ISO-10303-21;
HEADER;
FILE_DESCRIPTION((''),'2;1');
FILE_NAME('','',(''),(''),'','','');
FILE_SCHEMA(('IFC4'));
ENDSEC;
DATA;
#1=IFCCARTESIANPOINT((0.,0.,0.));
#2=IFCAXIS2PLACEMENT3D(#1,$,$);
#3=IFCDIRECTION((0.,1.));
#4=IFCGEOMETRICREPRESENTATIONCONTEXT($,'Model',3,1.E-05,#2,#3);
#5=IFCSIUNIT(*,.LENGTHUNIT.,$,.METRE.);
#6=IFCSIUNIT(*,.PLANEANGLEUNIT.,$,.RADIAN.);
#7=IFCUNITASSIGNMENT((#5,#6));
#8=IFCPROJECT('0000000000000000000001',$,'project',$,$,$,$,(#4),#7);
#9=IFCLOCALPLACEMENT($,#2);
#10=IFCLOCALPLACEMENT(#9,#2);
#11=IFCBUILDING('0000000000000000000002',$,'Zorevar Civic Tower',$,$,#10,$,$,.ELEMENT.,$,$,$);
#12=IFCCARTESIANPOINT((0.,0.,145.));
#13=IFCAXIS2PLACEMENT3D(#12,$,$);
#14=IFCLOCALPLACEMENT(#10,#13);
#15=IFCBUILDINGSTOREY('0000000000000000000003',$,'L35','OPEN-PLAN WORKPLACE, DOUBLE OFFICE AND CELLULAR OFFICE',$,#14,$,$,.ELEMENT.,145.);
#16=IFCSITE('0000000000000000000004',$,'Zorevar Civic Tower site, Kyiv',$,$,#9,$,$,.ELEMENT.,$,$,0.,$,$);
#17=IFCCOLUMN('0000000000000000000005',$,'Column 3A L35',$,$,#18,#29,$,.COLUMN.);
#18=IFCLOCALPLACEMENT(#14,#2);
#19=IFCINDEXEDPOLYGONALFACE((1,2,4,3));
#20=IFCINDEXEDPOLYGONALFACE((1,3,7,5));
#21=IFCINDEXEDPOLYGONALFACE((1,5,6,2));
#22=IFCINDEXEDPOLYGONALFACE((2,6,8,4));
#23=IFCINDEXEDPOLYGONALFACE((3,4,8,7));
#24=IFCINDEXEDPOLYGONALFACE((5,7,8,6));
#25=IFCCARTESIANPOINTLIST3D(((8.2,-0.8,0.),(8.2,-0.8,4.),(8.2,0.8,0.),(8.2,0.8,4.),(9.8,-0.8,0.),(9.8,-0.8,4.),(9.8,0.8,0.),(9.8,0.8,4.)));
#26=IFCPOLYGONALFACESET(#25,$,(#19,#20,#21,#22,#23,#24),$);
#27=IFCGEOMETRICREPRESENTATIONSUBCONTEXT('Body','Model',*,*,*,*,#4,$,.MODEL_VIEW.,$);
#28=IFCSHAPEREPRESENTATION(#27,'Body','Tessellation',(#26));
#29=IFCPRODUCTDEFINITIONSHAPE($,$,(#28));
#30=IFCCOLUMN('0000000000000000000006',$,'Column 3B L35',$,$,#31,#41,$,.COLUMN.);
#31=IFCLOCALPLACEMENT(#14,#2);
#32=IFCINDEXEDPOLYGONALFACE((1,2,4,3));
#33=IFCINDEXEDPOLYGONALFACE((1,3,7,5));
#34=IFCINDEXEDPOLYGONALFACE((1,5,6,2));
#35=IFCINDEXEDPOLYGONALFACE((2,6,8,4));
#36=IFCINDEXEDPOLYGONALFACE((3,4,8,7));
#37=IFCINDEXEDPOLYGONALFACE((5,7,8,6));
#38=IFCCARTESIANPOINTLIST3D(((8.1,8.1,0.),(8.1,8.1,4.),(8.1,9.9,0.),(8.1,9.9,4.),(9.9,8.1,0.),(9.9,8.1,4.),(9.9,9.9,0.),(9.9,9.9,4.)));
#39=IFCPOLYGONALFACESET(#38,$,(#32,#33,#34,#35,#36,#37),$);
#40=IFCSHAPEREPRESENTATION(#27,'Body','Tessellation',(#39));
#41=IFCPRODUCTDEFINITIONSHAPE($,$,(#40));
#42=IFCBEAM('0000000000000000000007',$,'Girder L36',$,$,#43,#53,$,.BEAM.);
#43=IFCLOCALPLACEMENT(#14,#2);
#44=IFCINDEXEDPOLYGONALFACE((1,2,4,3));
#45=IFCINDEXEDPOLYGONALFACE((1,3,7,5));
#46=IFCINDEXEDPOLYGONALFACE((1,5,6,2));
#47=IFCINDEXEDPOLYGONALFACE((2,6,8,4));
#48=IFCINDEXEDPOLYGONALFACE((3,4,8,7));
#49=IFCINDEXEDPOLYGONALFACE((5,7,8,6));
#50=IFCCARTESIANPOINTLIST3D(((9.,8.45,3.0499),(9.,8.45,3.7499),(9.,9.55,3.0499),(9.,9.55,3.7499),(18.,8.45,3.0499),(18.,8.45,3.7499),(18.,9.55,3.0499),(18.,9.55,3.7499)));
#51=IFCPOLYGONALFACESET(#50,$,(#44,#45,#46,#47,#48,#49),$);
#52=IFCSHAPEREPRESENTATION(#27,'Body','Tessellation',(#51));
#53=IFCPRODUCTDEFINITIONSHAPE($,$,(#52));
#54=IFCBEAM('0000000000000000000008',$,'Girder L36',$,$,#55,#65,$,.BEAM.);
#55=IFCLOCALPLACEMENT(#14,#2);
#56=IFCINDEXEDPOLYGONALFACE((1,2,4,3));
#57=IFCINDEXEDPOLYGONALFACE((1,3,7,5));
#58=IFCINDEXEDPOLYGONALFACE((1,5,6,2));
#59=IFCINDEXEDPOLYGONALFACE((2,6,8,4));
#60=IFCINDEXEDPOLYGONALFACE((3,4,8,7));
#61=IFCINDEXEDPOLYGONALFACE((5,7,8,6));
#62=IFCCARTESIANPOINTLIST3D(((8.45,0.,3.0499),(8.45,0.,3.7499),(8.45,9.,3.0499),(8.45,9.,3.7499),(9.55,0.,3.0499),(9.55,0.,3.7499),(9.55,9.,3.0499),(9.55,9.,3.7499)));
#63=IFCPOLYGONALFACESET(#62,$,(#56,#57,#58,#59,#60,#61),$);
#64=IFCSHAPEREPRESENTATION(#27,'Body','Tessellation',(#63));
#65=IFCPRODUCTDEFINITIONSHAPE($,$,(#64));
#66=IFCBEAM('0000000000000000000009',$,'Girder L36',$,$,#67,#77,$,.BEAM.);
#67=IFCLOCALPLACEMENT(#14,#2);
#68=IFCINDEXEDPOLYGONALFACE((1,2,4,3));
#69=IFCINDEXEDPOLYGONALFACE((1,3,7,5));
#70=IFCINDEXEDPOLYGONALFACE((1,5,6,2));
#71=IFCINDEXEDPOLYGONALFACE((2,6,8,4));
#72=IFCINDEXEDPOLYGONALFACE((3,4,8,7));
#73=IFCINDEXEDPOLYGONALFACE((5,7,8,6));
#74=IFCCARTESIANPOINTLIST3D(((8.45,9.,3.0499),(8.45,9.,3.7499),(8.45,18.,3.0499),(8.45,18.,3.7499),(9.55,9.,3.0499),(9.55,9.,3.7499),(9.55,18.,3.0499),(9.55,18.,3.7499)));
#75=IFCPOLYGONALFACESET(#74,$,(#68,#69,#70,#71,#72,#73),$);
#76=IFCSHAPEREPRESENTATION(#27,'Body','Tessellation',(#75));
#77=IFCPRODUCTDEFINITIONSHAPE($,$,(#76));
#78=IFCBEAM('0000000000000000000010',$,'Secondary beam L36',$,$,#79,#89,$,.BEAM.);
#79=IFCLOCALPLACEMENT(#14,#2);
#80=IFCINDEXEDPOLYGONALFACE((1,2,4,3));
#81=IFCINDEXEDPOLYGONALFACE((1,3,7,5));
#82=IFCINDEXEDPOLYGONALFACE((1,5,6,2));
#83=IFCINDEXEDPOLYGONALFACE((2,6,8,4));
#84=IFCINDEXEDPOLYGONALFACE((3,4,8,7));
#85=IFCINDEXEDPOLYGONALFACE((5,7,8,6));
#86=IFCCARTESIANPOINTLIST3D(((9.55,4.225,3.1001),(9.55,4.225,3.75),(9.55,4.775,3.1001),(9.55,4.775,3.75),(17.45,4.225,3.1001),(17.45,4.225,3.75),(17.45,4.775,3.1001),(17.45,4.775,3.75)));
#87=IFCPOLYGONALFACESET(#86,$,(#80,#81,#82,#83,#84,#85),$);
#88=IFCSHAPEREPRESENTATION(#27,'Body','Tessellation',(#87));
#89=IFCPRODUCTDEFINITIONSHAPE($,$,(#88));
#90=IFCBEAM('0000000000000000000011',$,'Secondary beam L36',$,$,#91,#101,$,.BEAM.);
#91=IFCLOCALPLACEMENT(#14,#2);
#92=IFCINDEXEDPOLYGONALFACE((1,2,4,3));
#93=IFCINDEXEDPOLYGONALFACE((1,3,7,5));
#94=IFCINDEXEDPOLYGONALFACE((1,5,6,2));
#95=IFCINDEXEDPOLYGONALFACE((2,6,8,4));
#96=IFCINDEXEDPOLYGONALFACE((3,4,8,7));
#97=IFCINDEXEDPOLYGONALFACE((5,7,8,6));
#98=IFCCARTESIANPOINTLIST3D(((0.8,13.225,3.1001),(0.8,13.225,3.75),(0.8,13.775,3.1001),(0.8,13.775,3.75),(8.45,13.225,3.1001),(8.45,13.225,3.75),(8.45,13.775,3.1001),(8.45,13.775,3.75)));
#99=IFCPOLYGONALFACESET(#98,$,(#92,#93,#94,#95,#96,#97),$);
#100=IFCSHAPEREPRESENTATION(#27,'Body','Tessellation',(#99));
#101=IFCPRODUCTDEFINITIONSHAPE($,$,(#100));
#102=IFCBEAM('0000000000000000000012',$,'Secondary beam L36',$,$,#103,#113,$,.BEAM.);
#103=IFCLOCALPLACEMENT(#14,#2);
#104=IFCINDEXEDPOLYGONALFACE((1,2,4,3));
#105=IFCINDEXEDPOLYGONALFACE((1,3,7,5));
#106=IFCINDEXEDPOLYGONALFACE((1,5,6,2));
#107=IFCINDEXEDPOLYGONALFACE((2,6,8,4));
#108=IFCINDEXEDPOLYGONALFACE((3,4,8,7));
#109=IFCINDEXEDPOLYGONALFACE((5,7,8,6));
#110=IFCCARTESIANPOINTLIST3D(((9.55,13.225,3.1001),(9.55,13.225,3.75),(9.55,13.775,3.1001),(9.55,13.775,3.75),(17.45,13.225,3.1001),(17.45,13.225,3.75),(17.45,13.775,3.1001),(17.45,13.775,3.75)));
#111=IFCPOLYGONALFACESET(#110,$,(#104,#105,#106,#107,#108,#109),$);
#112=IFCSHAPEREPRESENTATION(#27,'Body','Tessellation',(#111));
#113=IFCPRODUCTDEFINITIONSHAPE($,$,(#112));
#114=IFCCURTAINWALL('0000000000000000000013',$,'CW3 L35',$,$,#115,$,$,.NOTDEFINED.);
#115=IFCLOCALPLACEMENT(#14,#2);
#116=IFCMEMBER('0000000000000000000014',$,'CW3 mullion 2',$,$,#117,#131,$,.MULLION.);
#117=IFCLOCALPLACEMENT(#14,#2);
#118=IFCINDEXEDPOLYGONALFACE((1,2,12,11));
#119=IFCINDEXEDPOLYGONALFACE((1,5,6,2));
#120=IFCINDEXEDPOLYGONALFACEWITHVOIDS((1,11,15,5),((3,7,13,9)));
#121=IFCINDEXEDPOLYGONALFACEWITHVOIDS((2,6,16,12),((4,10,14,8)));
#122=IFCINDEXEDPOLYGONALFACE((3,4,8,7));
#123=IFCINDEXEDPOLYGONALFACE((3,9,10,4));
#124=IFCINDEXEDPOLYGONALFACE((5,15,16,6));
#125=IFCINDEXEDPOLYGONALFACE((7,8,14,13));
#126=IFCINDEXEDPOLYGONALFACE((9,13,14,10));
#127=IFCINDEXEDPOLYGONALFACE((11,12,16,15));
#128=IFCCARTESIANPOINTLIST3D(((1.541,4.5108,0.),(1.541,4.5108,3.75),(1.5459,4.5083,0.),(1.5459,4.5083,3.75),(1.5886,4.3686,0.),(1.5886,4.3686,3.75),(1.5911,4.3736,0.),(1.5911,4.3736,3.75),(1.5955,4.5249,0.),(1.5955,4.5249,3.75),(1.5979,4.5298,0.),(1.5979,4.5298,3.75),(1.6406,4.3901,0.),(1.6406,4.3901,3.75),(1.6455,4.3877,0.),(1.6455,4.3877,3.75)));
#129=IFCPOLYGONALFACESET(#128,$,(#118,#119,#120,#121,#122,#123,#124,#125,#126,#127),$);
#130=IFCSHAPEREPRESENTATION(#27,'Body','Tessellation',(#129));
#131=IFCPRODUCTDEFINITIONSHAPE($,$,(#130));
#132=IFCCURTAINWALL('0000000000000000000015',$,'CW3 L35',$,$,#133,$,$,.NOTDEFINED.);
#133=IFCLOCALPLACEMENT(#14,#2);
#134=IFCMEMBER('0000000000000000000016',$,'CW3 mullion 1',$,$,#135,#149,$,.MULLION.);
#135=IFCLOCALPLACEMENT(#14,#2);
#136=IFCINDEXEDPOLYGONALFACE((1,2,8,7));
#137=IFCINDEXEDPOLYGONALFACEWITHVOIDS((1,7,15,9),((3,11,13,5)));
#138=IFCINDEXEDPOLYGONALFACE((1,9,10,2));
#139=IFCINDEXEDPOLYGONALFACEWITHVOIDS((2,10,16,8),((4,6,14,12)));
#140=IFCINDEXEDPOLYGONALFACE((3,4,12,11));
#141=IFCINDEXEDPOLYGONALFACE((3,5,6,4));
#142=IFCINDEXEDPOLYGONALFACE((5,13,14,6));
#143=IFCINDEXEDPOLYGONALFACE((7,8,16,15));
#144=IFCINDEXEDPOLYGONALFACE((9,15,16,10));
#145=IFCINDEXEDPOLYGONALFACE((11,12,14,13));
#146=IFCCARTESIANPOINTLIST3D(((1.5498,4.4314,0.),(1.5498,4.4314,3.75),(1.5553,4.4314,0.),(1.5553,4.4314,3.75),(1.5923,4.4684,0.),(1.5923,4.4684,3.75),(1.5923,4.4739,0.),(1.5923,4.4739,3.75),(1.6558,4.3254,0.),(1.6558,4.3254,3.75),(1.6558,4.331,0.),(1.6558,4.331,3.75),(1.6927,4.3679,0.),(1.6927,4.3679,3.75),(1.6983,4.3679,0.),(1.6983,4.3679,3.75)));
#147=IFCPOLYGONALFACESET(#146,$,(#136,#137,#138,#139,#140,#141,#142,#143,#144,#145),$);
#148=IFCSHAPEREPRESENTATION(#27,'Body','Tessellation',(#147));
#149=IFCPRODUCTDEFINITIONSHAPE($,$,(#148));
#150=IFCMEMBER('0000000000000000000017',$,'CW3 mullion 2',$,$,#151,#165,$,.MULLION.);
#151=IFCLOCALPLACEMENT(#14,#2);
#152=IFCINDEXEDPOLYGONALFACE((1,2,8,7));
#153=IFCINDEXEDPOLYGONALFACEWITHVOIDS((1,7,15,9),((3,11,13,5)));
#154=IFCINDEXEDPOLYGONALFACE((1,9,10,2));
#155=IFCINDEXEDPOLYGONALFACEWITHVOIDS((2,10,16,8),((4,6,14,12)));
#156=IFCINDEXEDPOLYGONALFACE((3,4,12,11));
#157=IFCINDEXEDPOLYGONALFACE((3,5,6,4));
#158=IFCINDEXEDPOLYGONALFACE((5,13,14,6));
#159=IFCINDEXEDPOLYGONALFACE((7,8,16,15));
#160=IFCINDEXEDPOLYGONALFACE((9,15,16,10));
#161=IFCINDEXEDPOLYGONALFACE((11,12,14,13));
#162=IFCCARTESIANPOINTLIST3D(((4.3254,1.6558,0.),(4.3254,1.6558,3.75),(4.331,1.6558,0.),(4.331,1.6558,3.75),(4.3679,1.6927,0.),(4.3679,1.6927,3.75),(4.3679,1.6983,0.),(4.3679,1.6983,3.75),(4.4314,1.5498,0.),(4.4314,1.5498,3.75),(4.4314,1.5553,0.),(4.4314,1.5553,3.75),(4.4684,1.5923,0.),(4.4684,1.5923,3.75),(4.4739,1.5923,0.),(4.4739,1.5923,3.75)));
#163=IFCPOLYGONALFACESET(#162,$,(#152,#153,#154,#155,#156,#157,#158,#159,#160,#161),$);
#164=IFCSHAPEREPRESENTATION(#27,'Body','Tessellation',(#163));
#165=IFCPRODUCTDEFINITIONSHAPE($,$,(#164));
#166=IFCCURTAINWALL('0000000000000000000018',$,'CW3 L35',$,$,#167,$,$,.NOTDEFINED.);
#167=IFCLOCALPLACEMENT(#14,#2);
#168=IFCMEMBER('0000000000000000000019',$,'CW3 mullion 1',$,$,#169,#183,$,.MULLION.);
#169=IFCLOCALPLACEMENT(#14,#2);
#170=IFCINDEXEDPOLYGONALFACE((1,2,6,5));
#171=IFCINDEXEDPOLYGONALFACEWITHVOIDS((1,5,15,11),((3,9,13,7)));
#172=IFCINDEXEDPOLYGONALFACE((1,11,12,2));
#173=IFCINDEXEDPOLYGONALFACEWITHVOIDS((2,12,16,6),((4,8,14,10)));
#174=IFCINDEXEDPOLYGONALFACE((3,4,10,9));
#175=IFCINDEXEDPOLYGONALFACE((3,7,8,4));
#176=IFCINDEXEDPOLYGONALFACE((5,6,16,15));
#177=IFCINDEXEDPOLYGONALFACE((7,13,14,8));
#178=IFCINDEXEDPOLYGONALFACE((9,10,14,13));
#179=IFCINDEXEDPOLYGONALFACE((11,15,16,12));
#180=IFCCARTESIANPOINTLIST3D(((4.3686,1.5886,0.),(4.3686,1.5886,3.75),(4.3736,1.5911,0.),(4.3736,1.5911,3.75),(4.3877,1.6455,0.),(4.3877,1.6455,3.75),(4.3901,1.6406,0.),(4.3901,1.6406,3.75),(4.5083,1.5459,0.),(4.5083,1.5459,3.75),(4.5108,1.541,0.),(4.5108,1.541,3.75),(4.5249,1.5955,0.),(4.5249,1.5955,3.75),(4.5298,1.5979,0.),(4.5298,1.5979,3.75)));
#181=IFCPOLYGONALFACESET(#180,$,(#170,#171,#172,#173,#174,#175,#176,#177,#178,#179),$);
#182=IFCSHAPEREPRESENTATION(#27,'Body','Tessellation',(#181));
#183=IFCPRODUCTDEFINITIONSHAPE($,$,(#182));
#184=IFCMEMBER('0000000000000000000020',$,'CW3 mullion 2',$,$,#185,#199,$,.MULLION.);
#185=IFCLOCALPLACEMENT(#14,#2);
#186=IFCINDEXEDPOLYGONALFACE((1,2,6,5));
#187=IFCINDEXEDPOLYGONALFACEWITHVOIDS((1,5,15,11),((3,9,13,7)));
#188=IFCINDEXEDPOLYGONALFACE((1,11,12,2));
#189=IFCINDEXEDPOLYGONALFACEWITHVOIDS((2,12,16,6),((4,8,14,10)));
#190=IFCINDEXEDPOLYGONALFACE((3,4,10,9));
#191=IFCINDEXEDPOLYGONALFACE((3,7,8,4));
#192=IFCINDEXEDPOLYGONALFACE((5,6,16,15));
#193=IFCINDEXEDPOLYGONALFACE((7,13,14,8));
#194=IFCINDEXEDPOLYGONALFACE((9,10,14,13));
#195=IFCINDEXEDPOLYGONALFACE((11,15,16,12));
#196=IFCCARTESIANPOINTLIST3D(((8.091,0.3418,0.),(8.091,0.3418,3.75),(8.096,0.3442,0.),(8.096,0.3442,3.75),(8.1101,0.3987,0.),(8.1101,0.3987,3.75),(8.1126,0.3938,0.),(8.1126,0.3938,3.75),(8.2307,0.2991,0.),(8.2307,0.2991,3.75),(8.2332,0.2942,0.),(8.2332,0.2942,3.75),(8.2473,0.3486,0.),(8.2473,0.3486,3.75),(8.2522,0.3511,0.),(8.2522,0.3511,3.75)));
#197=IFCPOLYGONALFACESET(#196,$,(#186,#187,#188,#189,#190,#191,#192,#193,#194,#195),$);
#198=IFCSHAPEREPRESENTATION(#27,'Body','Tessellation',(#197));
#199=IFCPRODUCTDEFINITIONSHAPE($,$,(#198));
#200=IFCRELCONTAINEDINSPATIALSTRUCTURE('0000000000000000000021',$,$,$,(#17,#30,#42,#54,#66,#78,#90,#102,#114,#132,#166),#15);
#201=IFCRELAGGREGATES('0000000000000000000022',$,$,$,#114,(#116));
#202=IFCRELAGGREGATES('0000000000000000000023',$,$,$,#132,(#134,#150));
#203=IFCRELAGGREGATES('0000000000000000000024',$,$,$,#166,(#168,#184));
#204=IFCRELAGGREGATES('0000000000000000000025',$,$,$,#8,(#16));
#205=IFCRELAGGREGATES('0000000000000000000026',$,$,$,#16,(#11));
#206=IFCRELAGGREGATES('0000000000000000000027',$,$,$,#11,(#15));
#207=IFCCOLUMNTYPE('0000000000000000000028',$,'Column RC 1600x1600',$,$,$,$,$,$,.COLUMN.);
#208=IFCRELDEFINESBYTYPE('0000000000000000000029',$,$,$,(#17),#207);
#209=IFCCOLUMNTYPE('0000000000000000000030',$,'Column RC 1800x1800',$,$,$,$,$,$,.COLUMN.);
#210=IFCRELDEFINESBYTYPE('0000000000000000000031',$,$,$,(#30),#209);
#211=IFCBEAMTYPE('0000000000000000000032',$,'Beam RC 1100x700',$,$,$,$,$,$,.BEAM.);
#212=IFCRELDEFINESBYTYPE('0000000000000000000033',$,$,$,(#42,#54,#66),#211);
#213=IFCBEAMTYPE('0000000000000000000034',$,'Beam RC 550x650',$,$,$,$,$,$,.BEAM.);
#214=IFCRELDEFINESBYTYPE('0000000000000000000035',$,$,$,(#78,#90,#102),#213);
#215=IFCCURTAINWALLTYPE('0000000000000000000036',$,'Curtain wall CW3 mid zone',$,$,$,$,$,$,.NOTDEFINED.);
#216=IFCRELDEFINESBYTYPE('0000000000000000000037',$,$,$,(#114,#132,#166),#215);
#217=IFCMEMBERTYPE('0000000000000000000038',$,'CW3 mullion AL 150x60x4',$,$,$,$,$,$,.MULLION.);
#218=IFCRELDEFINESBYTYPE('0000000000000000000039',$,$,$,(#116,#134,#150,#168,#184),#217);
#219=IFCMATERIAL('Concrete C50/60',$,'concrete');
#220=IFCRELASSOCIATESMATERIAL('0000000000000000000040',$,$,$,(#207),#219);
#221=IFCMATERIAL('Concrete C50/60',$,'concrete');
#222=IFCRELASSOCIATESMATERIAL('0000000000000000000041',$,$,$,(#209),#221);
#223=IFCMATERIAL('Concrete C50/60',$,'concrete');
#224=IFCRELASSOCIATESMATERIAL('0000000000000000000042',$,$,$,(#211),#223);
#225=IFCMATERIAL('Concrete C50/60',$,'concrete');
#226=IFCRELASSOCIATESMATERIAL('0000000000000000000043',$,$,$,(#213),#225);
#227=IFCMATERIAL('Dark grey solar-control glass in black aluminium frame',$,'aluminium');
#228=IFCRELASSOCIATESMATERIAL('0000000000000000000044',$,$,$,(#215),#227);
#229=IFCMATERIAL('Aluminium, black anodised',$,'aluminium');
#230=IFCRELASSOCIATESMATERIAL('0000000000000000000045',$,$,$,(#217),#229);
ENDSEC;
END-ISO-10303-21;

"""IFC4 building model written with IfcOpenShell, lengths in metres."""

from ifc_helpers import new_model, si_unit, direction, frame, origin, origin_2d, place, context, subcontext, project, spatial, rectangle, hollow_rectangle, extrude, material, material_profile, profile_set, type_object, element, aggregate, save


model = new_model("IFC4")

# Units and contexts
model_context = context("Model", 3, precision=1e-05, world=origin(), true_north=direction((0.0, 1.0)))
body_context = subcontext(model_context, "Body", "Model", "MODEL_VIEW")
ifc_project = project(units=[si_unit("LENGTHUNIT", "METRE"), si_unit("PLANEANGLEUNIT", "RADIAN")], contexts=[model_context])

# Site, building, storey
site_placement = place(None, origin())
site = spatial("IfcSite", under=ifc_project, at=site_placement, Name="Zorevar Civic Tower site, Kyiv", CompositionType="ELEMENT", RefElevation=0.0)
building_placement = place(site_placement, origin())
building = spatial("IfcBuilding", under=site, at=building_placement, Name="Zorevar Civic Tower", CompositionType="ELEMENT")
storey_placement = place(building_placement, frame((0.0, 0.0, 145.0)))
storey = spatial("IfcBuildingStorey", under=building, at=storey_placement, Name="L35", Description="OPEN-PLAN WORKPLACE, DOUBLE OFFICE AND CELLULAR OFFICE", CompositionType="ELEMENT", Elevation=145.0)

# Columns
ifc_material_1 = material(Name="Concrete C50/60", Category="concrete")
ifc_material_profile_1 = material_profile(ifc_material_1, rectangle(XDim=1.6001, YDim=1.6001, at=origin_2d()), Name="RC 1600x1600")
ifc_profile_set_1 = profile_set([ifc_material_profile_1], Name="Concrete C50/60")
column_type_1 = type_object("IfcColumnType", Name="Column RC 1600x1600", PredefinedType="COLUMN", material=ifc_profile_set_1)
column_1_placement = place(storey_placement, frame((9.0, 0.0, 0.0), z_axis=(0.0, 0.0, 1.0), x_axis=(1.0, 0.0, 0.0)))
element("IfcColumn", 1, at=column_1_placement, inside=storey, type_object=column_type_1, Name="Column 3A L35", PredefinedType="COLUMN", context=body_context, shape_type="SweptSolid", body=[
    extrude(rectangle(XDim=1.6001, YDim=1.6001, at=origin_2d()), origin(), (0.0, 0.0, 1.0), 4.0),
])
ifc_material_2 = material(Name="Concrete C50/60", Category="concrete")
ifc_material_profile_2 = material_profile(ifc_material_2, rectangle(XDim=1.8, YDim=1.8, at=origin_2d()), Name="RC 1800x1800")
ifc_profile_set_2 = profile_set([ifc_material_profile_2], Name="Concrete C50/60")
column_type_2 = type_object("IfcColumnType", Name="Column RC 1800x1800", PredefinedType="COLUMN", material=ifc_profile_set_2)
column_2_placement = place(storey_placement, frame((9.0, 9.0, 0.0), z_axis=(0.0, 0.0, 1.0), x_axis=(1.0, 0.0, 0.0)))
element("IfcColumn", 2, at=column_2_placement, inside=storey, type_object=column_type_2, Name="Column 3B L35", PredefinedType="COLUMN", context=body_context, shape_type="SweptSolid", body=[
    extrude(rectangle(XDim=1.8, YDim=1.8, at=origin_2d()), origin(), (0.0, 0.0, 1.0), 4.0),
])

# Beams
ifc_material_3 = material(Name="Concrete C50/60", Category="concrete")
ifc_material_profile_3 = material_profile(ifc_material_3, rectangle(XDim=1.1001, YDim=0.7, at=origin_2d()), Name="RC 1100x700")
ifc_profile_set_3 = profile_set([ifc_material_profile_3], Name="Concrete C50/60")
beam_type_1 = type_object("IfcBeamType", Name="Beam RC 1100x700", PredefinedType="BEAM", material=ifc_profile_set_3)
for number, where, z_axis, x_axis, name in (
    (3, (9.0, 9.0, 3.3999), (1.0, 0.0, 0.0), (0.0, 1.0, 0.0), "Girder L36"),
    (4, (9.0, 0.0, 3.3999), (0.0, 1.0, 0.0), (-1.0, 0.0, 0.0), "Girder L36"),
    (5, (9.0, 9.0, 3.3999), (0.0, 1.0, 0.0), (-1.0, 0.0, 0.0), "Girder L36"),
):
    element("IfcBeam", number, at=place(storey_placement, frame(where, z_axis=z_axis, x_axis=x_axis)), inside=storey, type_object=beam_type_1, Name=name, PredefinedType="BEAM", context=body_context, shape_type="SweptSolid", body=[
        extrude(rectangle(XDim=1.1001, YDim=0.7, at=origin_2d()), origin(), (0.0, 0.0, 1.0), 9.0),
    ])
ifc_material_4 = material(Name="Concrete C50/60", Category="concrete")
ifc_material_profile_4 = material_profile(ifc_material_4, rectangle(XDim=0.55, YDim=0.6499, at=origin_2d()), Name="RC 550x650")
ifc_profile_set_4 = profile_set([ifc_material_profile_4], Name="Concrete C50/60")
beam_type_2 = type_object("IfcBeamType", Name="Beam RC 550x650", PredefinedType="BEAM", material=ifc_profile_set_4)
beam_1_placement = place(storey_placement, frame((9.55, 4.5, 3.425), z_axis=(1.0, 0.0, 0.0), x_axis=(0.0, 1.0, 0.0)))
element("IfcBeam", 6, at=beam_1_placement, inside=storey, type_object=beam_type_2, Name="Secondary beam L36", PredefinedType="BEAM", context=body_context, shape_type="SweptSolid", body=[
    extrude(rectangle(XDim=0.55, YDim=0.6499, at=origin_2d()), origin(), (0.0, 0.0, 1.0), 7.8999),
])
beam_2_placement = place(storey_placement, frame((0.8, 13.5, 3.425), z_axis=(1.0, 0.0, 0.0), x_axis=(0.0, 1.0, 0.0)))
element("IfcBeam", 7, at=beam_2_placement, inside=storey, type_object=beam_type_2, Name="Secondary beam L36", PredefinedType="BEAM", context=body_context, shape_type="SweptSolid", body=[
    extrude(rectangle(XDim=0.55, YDim=0.6499, at=origin_2d()), origin(), (0.0, 0.0, 1.0), 7.6499),
])
beam_3_placement = place(storey_placement, frame((9.55, 13.5, 3.425), z_axis=(1.0, 0.0, 0.0), x_axis=(0.0, 1.0, 0.0)))
element("IfcBeam", 8, at=beam_3_placement, inside=storey, type_object=beam_type_2, Name="Secondary beam L36", PredefinedType="BEAM", context=body_context, shape_type="SweptSolid", body=[
    extrude(rectangle(XDim=0.55, YDim=0.6499, at=origin_2d()), origin(), (0.0, 0.0, 1.0), 7.8999),
])

# Curtain wall, member
ifc_material_5 = material(Name="Dark grey solar-control glass in black aluminium frame", Category="aluminium")
curtain_wall_type = type_object("IfcCurtainWallType", Name="Curtain wall CW3 mid zone", PredefinedType="NOTDEFINED", material=ifc_material_5)
curtain_wall_1_placement = place(storey_placement, origin())
curtain_wall_1 = element("IfcCurtainWall", 9, at=curtain_wall_1_placement, inside=storey, type_object=curtain_wall_type, Name="CW3 L35", PredefinedType="NOTDEFINED")
ifc_material_6 = material(Name="Aluminium, black anodised", Category="aluminium")
ifc_material_profile_5 = material_profile(ifc_material_6, hollow_rectangle(XDim=0.0601, YDim=0.1499, WallThickness=0.0039, at=origin_2d()), Name="AL 150x60x4")
ifc_profile_set_5 = profile_set([ifc_material_profile_5], Name="Aluminium, black anodised")
member_type_1 = type_object("IfcMemberType", Name="CW3 mullion AL 150x60x4", PredefinedType="MULLION", material=ifc_profile_set_5)
member_1_placement = place(storey_placement, frame((1.5933, 4.4492, 0.0), z_axis=(0.0, 0.0, 1.0), x_axis=(0.948227, 0.317593, 0.0)))
member_1 = element("IfcMember", 10, at=member_1_placement, type_object=member_type_1, Name="CW3 mullion 2", PredefinedType="MULLION", context=body_context, shape_type="SweptSolid", body=[
    extrude(hollow_rectangle(XDim=0.0601, YDim=0.1499, WallThickness=0.0039, at=origin_2d()), origin(), (0.0, 0.0, 1.0), 3.75),
])

# Curtain walls, members
curtain_wall_2_placement = place(storey_placement, origin())
curtain_wall_2 = element("IfcCurtainWall", 11, at=curtain_wall_2_placement, inside=storey, type_object=curtain_wall_type, Name="CW3 L35", PredefinedType="NOTDEFINED")
member_2_placement = place(storey_placement, frame((1.624, 4.3997, 0.0), z_axis=(0.0, 0.0, 1.0), x_axis=(0.707107, 0.707107, 0.0)))
member_2 = element("IfcMember", 12, at=member_2_placement, type_object=member_type_1, Name="CW3 mullion 1", PredefinedType="MULLION", context=body_context, shape_type="SweptSolid", body=[
    extrude(hollow_rectangle(XDim=0.0601, YDim=0.1499, WallThickness=0.0039, at=origin_2d()), origin(), (0.0, 0.0, 1.0), 3.75),
])
member_3_placement = place(storey_placement, frame((4.3997, 1.624, 0.0), z_axis=(0.0, 0.0, 1.0), x_axis=(0.707107, 0.707107, 0.0)))
member_3 = element("IfcMember", 13, at=member_3_placement, type_object=member_type_1, Name="CW3 mullion 2", PredefinedType="MULLION", context=body_context, shape_type="SweptSolid", body=[
    extrude(hollow_rectangle(XDim=0.0601, YDim=0.1499, WallThickness=0.0039, at=origin_2d()), origin(), (0.0, 0.0, 1.0), 3.75),
])
curtain_wall_3_placement = place(storey_placement, origin())
curtain_wall_3 = element("IfcCurtainWall", 14, at=curtain_wall_3_placement, inside=storey, type_object=curtain_wall_type, Name="CW3 L35", PredefinedType="NOTDEFINED")
member_4_placement = place(storey_placement, frame((4.4492, 1.5933, 0.0), z_axis=(0.0, 0.0, 1.0), x_axis=(0.317593, 0.948227, 0.0)))
member_4 = element("IfcMember", 15, at=member_4_placement, type_object=member_type_1, Name="CW3 mullion 1", PredefinedType="MULLION", context=body_context, shape_type="SweptSolid", body=[
    extrude(hollow_rectangle(XDim=0.0601, YDim=0.1499, WallThickness=0.0039, at=origin_2d()), origin(), (0.0, 0.0, 1.0), 3.75),
])
member_5_placement = place(storey_placement, frame((8.1716, 0.3464, 0.0), z_axis=(0.0, 0.0, 1.0), x_axis=(0.317593, 0.948227, 0.0)))
member_5 = element("IfcMember", 16, at=member_5_placement, type_object=member_type_1, Name="CW3 mullion 2", PredefinedType="MULLION", context=body_context, shape_type="SweptSolid", body=[
    extrude(hollow_rectangle(XDim=0.0601, YDim=0.1499, WallThickness=0.0039, at=origin_2d()), origin(), (0.0, 0.0, 1.0), 3.75),
])

aggregate(curtain_wall_1, [member_1])
aggregate(curtain_wall_2, [member_2, member_3])
aggregate(curtain_wall_3, [member_4, member_5])

save(model, "model.ifc")
